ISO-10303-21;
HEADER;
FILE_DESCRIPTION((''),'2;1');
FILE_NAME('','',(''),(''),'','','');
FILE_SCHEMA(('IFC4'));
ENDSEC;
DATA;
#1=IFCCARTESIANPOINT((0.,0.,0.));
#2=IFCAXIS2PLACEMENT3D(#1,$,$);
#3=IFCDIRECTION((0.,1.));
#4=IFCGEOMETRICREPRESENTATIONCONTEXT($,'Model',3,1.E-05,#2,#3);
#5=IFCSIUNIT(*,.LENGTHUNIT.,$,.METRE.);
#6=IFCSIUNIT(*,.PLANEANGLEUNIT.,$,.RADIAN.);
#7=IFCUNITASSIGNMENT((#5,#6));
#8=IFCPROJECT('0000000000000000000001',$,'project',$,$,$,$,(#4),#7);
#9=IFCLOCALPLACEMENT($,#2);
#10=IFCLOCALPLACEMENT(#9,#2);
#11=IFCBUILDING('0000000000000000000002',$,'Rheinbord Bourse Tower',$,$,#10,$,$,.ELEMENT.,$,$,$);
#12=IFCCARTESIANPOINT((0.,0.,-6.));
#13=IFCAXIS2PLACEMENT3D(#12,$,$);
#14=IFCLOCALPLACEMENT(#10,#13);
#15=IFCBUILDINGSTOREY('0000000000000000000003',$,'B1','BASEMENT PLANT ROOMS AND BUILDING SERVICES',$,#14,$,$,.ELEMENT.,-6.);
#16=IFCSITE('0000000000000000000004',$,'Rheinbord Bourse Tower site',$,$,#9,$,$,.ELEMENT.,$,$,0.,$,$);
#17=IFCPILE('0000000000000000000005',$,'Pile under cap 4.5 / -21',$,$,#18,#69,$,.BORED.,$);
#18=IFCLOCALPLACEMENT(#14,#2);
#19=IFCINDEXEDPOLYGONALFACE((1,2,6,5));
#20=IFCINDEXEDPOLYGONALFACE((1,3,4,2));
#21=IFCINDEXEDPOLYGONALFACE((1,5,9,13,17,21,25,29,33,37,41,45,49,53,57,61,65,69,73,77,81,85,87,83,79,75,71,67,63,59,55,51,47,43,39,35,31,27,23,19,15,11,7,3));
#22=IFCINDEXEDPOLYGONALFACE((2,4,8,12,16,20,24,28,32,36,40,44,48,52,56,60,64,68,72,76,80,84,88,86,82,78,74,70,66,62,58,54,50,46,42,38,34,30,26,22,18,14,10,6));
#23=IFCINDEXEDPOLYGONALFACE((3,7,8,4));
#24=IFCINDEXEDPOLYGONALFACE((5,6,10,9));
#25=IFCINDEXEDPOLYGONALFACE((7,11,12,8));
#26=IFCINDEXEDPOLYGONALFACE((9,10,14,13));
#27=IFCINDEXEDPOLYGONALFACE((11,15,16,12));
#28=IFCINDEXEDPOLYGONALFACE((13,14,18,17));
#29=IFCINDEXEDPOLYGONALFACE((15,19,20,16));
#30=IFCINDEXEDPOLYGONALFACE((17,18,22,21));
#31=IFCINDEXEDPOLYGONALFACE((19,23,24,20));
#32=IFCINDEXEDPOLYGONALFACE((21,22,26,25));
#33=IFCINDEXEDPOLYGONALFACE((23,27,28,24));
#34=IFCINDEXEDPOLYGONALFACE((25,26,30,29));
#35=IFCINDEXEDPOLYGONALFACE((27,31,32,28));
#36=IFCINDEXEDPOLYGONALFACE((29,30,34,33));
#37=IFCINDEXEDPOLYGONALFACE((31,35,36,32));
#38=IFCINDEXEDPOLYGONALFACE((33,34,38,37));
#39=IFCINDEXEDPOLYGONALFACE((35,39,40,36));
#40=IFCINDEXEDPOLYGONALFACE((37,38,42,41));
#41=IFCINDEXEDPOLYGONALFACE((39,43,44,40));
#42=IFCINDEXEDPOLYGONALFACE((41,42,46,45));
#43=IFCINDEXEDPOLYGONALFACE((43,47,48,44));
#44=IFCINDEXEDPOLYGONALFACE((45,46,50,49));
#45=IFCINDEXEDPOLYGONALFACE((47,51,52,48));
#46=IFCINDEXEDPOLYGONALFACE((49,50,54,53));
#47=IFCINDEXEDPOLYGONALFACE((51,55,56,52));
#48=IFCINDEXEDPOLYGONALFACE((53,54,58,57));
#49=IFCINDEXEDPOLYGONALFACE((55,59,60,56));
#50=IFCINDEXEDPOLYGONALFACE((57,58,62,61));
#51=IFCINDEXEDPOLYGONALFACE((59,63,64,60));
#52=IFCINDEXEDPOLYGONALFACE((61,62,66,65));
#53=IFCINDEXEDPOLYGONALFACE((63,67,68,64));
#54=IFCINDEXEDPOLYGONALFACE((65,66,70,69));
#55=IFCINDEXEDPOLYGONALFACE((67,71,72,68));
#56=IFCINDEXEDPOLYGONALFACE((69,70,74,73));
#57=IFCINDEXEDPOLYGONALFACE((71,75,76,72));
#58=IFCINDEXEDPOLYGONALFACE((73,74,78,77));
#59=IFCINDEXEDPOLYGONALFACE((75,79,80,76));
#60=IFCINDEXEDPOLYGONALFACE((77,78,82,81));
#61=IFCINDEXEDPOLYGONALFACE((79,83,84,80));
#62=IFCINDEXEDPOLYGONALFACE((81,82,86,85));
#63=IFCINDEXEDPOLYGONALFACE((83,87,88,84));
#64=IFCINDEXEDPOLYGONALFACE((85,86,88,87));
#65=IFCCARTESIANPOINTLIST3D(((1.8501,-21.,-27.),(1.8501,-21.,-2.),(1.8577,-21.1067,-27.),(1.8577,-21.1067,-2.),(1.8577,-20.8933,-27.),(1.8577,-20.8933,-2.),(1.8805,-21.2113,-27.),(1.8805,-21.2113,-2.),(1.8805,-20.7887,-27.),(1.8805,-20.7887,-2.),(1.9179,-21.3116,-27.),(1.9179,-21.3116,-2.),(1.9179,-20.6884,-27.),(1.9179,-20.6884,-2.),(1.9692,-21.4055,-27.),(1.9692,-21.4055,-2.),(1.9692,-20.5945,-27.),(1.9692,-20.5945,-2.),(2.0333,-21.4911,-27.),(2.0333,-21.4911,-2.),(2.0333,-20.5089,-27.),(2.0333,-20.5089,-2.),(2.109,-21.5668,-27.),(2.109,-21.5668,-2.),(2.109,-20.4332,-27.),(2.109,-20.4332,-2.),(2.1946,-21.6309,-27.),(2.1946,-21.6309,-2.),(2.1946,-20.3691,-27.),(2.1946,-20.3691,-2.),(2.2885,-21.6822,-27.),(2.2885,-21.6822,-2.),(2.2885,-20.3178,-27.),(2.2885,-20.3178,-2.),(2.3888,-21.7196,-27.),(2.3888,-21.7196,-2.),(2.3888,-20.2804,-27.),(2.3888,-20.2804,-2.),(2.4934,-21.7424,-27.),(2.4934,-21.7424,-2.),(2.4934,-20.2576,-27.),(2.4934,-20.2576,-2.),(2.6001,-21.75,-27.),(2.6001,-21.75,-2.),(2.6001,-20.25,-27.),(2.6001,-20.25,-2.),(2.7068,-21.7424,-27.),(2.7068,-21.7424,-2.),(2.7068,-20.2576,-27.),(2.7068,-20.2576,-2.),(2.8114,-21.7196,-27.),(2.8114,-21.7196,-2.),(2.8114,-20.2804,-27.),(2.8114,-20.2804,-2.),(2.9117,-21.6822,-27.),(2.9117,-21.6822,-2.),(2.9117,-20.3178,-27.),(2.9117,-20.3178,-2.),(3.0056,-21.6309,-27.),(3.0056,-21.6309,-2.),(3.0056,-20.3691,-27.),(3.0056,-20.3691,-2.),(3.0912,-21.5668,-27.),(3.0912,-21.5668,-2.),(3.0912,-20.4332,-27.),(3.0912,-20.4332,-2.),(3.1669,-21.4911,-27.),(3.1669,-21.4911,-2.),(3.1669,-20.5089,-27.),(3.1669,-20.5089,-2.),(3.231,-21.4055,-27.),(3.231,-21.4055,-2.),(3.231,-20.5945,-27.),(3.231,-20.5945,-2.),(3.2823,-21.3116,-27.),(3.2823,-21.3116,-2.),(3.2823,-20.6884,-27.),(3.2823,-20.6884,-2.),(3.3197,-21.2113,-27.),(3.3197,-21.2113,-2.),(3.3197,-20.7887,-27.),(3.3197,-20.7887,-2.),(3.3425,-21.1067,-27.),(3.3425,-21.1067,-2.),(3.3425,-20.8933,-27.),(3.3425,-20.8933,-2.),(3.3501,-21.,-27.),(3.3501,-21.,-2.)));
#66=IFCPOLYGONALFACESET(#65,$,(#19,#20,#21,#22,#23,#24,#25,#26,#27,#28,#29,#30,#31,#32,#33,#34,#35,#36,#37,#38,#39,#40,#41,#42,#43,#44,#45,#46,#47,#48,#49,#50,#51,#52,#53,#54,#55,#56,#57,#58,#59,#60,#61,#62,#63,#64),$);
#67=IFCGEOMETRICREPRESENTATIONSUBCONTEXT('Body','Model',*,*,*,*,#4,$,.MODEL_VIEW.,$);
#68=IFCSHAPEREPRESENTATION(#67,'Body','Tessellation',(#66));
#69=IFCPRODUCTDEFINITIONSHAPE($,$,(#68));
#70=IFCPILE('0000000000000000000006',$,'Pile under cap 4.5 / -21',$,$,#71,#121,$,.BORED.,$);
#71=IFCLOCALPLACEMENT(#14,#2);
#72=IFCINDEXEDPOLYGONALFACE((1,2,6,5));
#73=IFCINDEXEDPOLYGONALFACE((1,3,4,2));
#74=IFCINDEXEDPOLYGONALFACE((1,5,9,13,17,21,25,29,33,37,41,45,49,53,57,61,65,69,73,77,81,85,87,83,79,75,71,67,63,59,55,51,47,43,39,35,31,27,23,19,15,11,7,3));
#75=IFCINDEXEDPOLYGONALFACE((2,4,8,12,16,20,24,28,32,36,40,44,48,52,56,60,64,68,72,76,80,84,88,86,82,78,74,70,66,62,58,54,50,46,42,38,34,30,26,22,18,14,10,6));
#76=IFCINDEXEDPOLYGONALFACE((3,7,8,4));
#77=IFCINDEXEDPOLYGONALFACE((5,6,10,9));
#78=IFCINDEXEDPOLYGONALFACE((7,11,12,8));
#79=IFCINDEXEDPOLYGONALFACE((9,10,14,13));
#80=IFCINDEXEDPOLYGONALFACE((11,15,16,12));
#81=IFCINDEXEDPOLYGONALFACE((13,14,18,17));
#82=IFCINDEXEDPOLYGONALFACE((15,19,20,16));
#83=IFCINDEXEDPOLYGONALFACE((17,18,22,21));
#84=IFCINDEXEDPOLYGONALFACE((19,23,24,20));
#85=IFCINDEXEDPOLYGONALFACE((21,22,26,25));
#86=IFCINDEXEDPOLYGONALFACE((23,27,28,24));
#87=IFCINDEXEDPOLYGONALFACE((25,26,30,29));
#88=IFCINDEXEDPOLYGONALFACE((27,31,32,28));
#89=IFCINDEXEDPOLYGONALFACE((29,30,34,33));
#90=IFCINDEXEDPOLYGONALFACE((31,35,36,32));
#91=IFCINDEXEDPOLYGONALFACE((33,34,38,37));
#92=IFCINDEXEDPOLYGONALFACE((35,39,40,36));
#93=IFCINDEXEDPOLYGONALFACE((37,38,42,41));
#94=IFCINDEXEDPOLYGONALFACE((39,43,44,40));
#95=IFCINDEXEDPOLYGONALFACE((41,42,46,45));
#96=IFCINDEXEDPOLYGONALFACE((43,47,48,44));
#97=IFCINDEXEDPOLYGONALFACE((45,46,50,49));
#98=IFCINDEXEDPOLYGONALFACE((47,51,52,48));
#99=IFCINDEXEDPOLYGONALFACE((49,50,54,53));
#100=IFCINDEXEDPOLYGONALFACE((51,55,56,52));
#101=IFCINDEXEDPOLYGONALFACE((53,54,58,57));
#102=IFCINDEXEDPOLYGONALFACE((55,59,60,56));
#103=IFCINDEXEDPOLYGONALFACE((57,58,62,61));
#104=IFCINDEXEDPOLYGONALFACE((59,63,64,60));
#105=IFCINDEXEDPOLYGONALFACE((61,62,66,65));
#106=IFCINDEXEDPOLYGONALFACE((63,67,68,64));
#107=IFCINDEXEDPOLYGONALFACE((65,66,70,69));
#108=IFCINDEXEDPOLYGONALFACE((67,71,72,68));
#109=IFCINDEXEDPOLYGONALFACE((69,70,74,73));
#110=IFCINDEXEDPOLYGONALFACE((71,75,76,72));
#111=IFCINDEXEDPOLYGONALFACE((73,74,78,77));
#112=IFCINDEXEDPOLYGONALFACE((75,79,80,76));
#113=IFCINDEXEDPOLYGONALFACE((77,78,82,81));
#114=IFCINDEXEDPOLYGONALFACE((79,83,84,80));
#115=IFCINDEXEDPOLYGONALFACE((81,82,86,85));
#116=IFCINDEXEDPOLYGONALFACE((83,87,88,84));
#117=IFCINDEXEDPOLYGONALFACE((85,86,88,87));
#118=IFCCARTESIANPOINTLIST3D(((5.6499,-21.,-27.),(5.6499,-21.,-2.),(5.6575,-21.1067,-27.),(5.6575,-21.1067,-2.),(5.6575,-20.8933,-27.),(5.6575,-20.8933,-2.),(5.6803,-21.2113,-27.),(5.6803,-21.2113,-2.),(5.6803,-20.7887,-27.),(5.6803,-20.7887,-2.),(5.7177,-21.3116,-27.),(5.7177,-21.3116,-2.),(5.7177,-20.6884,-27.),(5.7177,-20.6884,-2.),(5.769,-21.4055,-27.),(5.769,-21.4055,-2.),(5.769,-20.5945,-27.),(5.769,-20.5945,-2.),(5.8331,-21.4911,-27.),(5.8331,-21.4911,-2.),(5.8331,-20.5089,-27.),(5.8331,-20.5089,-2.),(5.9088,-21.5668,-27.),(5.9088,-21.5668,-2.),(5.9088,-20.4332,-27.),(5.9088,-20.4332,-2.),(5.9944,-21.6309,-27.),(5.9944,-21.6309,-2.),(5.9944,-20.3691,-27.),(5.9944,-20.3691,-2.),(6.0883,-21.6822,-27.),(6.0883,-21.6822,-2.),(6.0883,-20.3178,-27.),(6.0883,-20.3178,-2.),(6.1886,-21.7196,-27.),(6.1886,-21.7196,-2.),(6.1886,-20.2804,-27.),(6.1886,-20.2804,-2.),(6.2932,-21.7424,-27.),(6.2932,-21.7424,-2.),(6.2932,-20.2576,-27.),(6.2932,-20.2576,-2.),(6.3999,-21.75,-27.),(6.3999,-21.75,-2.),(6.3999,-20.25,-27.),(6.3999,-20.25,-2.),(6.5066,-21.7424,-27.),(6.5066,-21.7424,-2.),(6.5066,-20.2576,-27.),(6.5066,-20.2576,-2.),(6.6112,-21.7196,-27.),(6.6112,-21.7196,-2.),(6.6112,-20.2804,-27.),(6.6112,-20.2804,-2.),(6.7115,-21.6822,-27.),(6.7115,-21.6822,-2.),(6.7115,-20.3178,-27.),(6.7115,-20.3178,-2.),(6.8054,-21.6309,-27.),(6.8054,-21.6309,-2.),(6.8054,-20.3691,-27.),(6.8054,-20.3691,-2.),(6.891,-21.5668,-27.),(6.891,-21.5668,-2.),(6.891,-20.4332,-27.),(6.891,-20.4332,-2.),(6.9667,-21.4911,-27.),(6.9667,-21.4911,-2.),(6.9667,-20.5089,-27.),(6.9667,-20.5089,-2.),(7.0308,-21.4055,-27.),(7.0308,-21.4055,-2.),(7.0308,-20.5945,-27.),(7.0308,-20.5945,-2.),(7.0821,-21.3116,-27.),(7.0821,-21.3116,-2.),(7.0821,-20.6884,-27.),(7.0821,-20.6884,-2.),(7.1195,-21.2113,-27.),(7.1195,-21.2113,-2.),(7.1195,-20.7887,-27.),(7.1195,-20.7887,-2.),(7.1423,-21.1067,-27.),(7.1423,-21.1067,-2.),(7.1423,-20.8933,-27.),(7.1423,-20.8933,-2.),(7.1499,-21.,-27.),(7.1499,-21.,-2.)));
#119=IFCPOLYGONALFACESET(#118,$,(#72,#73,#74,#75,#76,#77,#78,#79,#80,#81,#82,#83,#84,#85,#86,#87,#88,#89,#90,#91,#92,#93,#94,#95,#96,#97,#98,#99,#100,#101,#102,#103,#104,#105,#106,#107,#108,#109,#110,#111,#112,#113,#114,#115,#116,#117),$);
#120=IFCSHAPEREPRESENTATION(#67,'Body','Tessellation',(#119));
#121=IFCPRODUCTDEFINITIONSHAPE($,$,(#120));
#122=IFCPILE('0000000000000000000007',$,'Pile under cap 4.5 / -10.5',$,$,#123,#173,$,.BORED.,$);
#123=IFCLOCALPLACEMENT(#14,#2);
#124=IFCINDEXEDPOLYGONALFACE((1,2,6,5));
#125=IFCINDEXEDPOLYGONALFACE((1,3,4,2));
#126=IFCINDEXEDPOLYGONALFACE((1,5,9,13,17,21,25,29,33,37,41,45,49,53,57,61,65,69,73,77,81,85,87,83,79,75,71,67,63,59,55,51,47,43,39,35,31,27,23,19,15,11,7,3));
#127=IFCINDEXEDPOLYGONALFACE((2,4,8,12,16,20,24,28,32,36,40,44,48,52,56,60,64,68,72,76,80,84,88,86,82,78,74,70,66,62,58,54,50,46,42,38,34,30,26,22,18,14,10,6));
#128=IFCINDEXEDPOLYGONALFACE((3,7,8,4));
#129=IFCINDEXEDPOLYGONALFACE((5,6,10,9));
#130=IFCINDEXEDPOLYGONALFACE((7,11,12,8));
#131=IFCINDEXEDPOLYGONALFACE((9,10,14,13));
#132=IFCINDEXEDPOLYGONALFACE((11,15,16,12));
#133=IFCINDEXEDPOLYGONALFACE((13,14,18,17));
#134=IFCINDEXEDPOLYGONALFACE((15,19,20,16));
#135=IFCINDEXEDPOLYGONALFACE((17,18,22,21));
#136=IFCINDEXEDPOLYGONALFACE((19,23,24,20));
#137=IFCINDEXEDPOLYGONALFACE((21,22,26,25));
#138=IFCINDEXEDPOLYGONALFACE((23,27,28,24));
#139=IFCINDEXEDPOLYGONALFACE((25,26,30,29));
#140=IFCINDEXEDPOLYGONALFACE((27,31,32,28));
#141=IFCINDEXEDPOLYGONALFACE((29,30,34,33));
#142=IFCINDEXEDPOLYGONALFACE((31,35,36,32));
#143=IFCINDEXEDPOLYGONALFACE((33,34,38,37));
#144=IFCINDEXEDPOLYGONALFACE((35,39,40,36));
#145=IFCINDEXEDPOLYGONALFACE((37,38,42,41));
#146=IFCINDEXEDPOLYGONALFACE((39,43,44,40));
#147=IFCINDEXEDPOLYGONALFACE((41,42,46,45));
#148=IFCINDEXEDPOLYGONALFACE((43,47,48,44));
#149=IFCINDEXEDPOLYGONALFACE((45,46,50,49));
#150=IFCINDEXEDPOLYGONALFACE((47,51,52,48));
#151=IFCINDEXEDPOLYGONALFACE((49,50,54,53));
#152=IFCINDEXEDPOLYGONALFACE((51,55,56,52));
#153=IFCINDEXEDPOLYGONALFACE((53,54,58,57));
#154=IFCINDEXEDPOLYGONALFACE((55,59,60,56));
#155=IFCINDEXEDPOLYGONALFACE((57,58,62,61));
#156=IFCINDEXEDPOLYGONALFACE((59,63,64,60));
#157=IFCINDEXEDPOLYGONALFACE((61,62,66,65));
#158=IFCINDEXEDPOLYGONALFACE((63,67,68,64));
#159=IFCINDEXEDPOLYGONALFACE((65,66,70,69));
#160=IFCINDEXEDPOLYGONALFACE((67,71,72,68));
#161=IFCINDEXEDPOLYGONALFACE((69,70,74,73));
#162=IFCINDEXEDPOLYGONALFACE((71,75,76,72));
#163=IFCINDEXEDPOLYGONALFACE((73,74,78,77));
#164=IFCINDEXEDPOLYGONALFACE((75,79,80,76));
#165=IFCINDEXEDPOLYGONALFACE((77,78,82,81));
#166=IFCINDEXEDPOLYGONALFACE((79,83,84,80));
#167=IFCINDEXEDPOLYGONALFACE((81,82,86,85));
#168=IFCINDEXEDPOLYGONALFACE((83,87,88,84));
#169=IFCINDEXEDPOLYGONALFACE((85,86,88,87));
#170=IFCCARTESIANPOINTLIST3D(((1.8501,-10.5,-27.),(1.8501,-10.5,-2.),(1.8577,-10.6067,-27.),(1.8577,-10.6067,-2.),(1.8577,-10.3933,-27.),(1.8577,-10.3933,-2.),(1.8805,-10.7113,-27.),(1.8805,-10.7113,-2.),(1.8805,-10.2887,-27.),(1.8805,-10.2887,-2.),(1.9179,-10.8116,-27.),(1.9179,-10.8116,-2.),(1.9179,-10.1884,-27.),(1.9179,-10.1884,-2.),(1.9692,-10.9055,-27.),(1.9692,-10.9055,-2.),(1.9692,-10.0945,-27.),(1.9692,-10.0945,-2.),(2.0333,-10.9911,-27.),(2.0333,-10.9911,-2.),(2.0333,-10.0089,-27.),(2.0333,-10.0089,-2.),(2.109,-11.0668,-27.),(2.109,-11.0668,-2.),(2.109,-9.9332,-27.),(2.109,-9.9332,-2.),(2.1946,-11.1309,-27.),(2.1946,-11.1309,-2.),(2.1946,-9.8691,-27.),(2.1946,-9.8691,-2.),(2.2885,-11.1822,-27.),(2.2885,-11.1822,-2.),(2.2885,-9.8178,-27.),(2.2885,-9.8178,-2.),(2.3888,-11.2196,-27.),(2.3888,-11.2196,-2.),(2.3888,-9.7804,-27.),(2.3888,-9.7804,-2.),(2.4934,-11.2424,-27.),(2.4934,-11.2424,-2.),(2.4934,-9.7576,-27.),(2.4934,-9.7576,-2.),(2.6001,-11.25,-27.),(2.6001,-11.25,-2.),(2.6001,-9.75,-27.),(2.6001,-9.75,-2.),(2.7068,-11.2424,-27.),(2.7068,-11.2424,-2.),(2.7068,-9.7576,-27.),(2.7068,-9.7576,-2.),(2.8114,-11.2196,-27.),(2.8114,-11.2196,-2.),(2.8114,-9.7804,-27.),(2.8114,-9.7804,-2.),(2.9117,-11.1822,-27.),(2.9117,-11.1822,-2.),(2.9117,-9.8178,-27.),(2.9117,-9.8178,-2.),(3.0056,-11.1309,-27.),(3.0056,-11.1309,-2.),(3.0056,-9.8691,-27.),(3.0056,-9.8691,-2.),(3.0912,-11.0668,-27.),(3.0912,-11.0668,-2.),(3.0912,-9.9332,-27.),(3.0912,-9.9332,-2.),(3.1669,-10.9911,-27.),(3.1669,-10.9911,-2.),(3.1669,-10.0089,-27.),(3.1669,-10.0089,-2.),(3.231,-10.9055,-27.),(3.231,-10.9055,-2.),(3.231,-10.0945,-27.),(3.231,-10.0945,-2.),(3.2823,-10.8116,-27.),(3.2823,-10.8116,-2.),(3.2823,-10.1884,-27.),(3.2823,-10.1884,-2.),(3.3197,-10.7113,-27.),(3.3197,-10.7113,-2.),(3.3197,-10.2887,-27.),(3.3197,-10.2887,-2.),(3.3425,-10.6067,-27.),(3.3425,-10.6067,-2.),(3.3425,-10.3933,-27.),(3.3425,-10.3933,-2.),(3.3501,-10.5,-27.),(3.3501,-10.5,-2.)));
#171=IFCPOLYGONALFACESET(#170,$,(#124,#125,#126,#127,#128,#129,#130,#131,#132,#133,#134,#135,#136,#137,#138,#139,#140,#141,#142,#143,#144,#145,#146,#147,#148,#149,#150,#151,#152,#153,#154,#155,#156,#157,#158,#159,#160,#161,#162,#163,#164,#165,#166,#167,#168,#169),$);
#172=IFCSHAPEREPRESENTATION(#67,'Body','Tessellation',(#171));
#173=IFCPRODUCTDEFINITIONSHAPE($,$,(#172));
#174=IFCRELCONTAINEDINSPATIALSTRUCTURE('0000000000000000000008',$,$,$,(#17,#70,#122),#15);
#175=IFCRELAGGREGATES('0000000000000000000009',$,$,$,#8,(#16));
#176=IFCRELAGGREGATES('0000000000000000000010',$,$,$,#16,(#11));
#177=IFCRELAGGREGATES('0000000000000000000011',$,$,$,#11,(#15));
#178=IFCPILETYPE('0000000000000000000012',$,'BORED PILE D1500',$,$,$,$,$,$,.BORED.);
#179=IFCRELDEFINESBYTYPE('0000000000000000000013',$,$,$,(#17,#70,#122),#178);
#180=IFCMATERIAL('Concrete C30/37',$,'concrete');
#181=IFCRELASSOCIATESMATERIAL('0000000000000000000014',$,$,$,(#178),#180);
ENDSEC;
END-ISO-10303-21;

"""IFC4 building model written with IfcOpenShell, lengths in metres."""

from ifc_helpers import new_model, si_unit, direction, frame, origin, origin_2d, place, context, subcontext, project, spatial, circle, extrude, material, material_profile, profile_set, type_object, element, save


model = new_model("IFC4")

# Units and contexts
model_context = context("Model", 3, precision=1e-05, world=origin(), true_north=direction((0.0, 1.0)))
body_context = subcontext(model_context, "Body", "Model", "MODEL_VIEW")
ifc_project = project(units=[si_unit("LENGTHUNIT", "METRE"), si_unit("PLANEANGLEUNIT", "RADIAN")], contexts=[model_context])

# Site, building, storey
site_placement = place(None, origin())
site = spatial("IfcSite", under=ifc_project, at=site_placement, Name="Rheinbord Bourse Tower site", CompositionType="ELEMENT", RefElevation=0.0)
building_placement = place(site_placement, origin())
building = spatial("IfcBuilding", under=site, at=building_placement, Name="Rheinbord Bourse Tower", CompositionType="ELEMENT")
storey_placement = place(building_placement, frame((0.0, 0.0, -6.0)))
storey = spatial("IfcBuildingStorey", under=building, at=storey_placement, Name="B1", Description="BASEMENT PLANT ROOMS AND BUILDING SERVICES", CompositionType="ELEMENT", Elevation=-6.0)

# Piles
ifc_material_1 = material(Name="Concrete C30/37", Category="concrete")
ifc_material_profile_1 = material_profile(ifc_material_1, circle(Radius=0.75, at=origin_2d()), Name="D1500")
ifc_profile_set_1 = profile_set([ifc_material_profile_1], Name="Concrete C30/37")
pile_type = type_object("IfcPileType", Name="BORED PILE D1500", PredefinedType="BORED", material=ifc_profile_set_1)
for number, where, z_axis, x_axis, name in (
    (1, (2.6001, -21.0, -2.0), (0.0, 0.0, -1.0), (1.0, 0.0, 0.0), "Pile under cap 4.5 / -21"),
    (2, (6.3999, -21.0, -2.0), (0.0, 0.0, -1.0), (1.0, 0.0, 0.0), "Pile under cap 4.5 / -21"),
    (3, (2.6001, -10.5, -2.0), (0.0, 0.0, -1.0), (1.0, 0.0, 0.0), "Pile under cap 4.5 / -10.5"),
):
    element("IfcPile", number, at=place(storey_placement, frame(where, z_axis=z_axis, x_axis=x_axis)), inside=storey, type_object=pile_type, Name=name, PredefinedType="BORED", context=body_context, shape_type="SweptSolid", body=[
        extrude(circle(Radius=0.75, at=origin_2d()), origin(), (0.0, 0.0, 1.0), 25.0),
    ])

save(model, "model.ifc")
